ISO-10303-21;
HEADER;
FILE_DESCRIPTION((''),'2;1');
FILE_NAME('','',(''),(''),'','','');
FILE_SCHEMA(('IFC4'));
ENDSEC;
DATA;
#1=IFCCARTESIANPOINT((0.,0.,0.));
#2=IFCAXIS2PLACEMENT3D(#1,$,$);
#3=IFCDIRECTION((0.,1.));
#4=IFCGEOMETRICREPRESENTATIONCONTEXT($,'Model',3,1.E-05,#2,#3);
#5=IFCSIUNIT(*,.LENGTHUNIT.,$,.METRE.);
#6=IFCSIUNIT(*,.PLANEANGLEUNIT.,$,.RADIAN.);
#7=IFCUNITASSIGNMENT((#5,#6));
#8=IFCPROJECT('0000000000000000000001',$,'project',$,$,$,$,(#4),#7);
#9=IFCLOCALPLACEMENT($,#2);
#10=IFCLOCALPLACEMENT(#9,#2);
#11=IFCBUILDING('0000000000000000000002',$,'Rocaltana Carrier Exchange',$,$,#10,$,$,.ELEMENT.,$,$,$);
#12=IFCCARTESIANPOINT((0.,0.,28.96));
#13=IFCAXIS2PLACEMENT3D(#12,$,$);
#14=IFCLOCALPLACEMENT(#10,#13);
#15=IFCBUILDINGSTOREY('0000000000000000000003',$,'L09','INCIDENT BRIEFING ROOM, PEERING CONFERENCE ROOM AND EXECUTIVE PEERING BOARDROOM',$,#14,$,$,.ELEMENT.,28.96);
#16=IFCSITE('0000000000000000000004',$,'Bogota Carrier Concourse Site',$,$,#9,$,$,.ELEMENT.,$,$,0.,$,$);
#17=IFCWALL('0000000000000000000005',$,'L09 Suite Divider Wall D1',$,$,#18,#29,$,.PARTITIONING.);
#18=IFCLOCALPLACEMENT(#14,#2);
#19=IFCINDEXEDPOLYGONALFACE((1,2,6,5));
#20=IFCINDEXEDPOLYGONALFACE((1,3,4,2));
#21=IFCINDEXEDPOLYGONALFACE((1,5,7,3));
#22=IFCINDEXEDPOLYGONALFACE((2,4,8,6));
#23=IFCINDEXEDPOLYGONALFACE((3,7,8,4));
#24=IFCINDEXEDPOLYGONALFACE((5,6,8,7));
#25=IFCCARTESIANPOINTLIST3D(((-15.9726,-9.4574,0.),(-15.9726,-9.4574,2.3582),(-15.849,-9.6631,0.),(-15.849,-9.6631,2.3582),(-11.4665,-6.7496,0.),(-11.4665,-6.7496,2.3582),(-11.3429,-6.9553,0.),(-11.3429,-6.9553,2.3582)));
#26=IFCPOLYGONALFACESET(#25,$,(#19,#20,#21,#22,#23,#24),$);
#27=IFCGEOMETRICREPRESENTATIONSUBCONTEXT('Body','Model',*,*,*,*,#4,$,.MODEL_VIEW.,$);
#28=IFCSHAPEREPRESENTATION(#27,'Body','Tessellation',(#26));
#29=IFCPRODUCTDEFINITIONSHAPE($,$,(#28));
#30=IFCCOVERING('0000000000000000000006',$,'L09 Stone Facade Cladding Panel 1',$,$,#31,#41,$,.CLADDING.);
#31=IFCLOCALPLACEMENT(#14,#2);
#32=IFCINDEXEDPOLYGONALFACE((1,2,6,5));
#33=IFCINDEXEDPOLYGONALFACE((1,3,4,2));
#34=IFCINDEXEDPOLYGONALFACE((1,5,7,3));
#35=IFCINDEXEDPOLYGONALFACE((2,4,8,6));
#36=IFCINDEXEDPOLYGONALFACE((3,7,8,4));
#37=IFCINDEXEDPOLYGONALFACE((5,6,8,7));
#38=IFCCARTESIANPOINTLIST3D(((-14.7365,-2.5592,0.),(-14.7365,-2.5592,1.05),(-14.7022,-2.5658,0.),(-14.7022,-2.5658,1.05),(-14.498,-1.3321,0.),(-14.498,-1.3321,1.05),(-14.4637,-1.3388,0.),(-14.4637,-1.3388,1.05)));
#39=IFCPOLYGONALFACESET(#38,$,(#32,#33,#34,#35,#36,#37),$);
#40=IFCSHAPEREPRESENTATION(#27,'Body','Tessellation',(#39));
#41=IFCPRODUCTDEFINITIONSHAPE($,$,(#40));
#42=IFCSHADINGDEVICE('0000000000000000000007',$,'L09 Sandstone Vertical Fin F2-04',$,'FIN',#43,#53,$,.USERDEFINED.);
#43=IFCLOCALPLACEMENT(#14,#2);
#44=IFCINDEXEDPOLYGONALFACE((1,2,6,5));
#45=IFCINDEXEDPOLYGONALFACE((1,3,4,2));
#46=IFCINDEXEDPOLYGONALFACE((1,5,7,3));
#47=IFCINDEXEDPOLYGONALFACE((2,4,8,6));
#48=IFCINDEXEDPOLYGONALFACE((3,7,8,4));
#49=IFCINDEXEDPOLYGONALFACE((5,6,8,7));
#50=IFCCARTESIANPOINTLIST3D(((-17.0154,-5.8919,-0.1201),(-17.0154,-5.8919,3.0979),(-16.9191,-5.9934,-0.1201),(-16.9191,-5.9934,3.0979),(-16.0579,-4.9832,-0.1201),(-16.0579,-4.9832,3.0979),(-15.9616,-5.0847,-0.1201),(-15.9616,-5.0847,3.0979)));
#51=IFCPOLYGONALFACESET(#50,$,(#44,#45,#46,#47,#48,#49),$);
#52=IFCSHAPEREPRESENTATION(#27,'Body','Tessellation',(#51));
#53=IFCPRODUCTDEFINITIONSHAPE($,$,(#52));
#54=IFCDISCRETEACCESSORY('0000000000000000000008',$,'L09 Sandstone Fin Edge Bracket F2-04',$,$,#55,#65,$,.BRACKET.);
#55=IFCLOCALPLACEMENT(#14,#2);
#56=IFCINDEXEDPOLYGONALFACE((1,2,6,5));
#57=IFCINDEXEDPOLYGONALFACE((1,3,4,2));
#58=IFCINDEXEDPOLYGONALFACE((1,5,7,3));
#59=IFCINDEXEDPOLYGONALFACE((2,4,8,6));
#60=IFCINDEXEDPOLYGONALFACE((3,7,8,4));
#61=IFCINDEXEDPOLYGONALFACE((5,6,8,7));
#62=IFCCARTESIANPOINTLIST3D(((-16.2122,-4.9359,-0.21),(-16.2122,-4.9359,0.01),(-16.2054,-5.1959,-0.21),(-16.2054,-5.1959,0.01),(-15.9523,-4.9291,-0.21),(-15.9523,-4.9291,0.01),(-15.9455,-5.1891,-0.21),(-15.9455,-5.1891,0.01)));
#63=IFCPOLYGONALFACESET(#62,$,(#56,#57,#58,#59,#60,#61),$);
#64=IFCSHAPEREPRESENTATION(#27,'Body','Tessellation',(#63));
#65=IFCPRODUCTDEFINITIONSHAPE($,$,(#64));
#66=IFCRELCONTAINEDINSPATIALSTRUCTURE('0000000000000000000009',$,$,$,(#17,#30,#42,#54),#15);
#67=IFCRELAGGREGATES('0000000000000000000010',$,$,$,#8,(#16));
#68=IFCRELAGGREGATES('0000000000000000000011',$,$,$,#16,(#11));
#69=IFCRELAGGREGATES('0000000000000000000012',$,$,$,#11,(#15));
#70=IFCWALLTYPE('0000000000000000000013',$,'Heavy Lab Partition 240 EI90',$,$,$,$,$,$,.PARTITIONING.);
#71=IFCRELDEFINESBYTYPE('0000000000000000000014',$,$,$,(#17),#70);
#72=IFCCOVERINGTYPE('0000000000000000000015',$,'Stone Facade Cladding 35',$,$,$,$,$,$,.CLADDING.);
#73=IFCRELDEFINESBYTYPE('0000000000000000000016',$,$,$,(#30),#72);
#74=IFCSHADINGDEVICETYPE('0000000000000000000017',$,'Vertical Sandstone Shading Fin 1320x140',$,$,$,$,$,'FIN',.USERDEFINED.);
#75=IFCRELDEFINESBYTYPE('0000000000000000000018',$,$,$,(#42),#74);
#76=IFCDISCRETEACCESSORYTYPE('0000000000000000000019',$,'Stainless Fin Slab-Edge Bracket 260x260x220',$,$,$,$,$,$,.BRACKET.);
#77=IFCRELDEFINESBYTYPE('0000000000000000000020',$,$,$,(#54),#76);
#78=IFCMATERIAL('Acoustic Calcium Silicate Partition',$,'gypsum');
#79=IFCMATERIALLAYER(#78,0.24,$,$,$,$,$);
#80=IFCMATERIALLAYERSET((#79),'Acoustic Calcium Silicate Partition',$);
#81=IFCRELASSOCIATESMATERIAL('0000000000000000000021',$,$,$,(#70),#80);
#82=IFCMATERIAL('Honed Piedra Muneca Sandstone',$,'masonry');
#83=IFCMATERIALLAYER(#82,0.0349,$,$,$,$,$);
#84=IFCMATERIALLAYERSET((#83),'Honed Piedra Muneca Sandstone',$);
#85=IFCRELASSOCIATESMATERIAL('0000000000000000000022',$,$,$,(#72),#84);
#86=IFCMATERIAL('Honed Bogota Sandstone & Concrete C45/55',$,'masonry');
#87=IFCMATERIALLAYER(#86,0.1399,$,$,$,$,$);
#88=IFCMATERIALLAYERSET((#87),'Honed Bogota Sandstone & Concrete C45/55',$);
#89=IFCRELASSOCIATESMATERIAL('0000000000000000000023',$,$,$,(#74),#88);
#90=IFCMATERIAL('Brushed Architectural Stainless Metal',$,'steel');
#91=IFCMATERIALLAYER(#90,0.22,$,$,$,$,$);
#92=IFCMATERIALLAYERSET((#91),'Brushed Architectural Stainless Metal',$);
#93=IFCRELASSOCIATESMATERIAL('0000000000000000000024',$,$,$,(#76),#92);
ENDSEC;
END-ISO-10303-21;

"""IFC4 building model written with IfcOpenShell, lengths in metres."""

from ifc_helpers import new_model, si_unit, direction, frame, frame_2d, origin, origin_2d, place, context, subcontext, project, spatial, rectangle, extrude, material, layer, layer_set, type_object, element, save


model = new_model("IFC4")

# Units and contexts
model_context = context("Model", 3, precision=1e-05, world=origin(), true_north=direction((0.0, 1.0)))
body_context = subcontext(model_context, "Body", "Model", "MODEL_VIEW")
ifc_project = project(units=[si_unit("LENGTHUNIT", "METRE"), si_unit("PLANEANGLEUNIT", "RADIAN")], contexts=[model_context])

# Site, building, storey
site_placement = place(None, origin())
site = spatial("IfcSite", under=ifc_project, at=site_placement, Name="Bogota Carrier Concourse Site", CompositionType="ELEMENT", RefElevation=0.0)
building_placement = place(site_placement, origin())
building = spatial("IfcBuilding", under=site, at=building_placement, Name="Rocaltana Carrier Exchange", CompositionType="ELEMENT")
storey_placement = place(building_placement, frame((0.0, 0.0, 28.96)))
storey = spatial("IfcBuildingStorey", under=building, at=storey_placement, Name="L09", Description="INCIDENT BRIEFING ROOM, PEERING CONFERENCE ROOM AND EXECUTIVE PEERING BOARDROOM", CompositionType="ELEMENT", Elevation=28.96)

# Wall
ifc_material_1 = material(Name="Acoustic Calcium Silicate Partition", Category="gypsum")
ifc_layer_1 = layer(ifc_material_1, 0.24)
ifc_layer_set_1 = layer_set([ifc_layer_1], Name="Acoustic Calcium Silicate Partition")
wall_type_1 = type_object("IfcWallType", Name="Heavy Lab Partition 240 EI90", PredefinedType="PARTITIONING", material=ifc_layer_set_1)
wall_1_placement = place(storey_placement, frame((-11.4048, -6.8525, 0.0), z_axis=(0.0, 0.0, 1.0), x_axis=(-0.857149, -0.515069, 0.0)))
element("IfcWall", 1, at=wall_1_placement, inside=storey, type_object=wall_type_1, Name="L09 Suite Divider Wall D1", PredefinedType="PARTITIONING", context=body_context, shape_type="SweptSolid", body=[
    extrude(rectangle(XDim=5.2571, YDim=0.24, at=frame_2d((2.6284, 0.0))), origin(), (0.0, 0.0, 1.0), 2.3582),
])

# Covering
ifc_material_2 = material(Name="Honed Piedra Muneca Sandstone", Category="masonry")
ifc_layer_2 = layer(ifc_material_2, 0.0349)
ifc_layer_set_2 = layer_set([ifc_layer_2], Name="Honed Piedra Muneca Sandstone")
covering_type = type_object("IfcCoveringType", Name="Stone Facade Cladding 35", PredefinedType="CLADDING", material=ifc_layer_set_2)
covering_placement = place(storey_placement, frame((-14.6001, -1.949, 0.0), z_axis=(0.0, 0.0, 1.0), x_axis=(0.190809, 0.981627, 0.0)))
element("IfcCovering", 2, at=covering_placement, inside=storey, type_object=covering_type, Name="L09 Stone Facade Cladding Panel 1", PredefinedType="CLADDING", context=body_context, shape_type="SweptSolid", body=[
    extrude(rectangle(XDim=1.25, YDim=0.0349, at=origin_2d()), origin(), (0.0, 0.0, 1.0), 1.05),
])

# Shading device
ifc_material_3 = material(Name="Honed Bogota Sandstone & Concrete C45/55", Category="masonry")
ifc_layer_3 = layer(ifc_material_3, 0.1399)
ifc_layer_set_3 = layer_set([ifc_layer_3], Name="Honed Bogota Sandstone & Concrete C45/55")
shading_device_type = type_object("IfcShadingDeviceType", Name="Vertical Sandstone Shading Fin 1320x140", ElementType="FIN", PredefinedType="USERDEFINED", material=ifc_layer_set_3)
shading_device_placement = place(storey_placement, frame((-16.4885, -5.4883, -0.1201), z_axis=(0.0, 0.0, 1.0), x_axis=(-0.725374, -0.688355, 0.0)))
element("IfcShadingDevice", 3, at=shading_device_placement, inside=storey, type_object=shading_device_type, Name="L09 Sandstone Vertical Fin F2-04", ObjectType="FIN", PredefinedType="USERDEFINED", context=body_context, shape_type="SweptSolid", body=[
    extrude(rectangle(XDim=1.3201, YDim=0.1399, at=origin_2d()), origin(), (0.0, 0.0, 1.0), 3.218),
])

# Discrete accessory
ifc_material_4 = material(Name="Brushed Architectural Stainless Metal", Category="steel")
ifc_layer_4 = layer(ifc_material_4, 0.22)
ifc_layer_set_4 = layer_set([ifc_layer_4], Name="Brushed Architectural Stainless Metal")
discrete_accessory_type = type_object("IfcDiscreteAccessoryType", Name="Stainless Fin Slab-Edge Bracket 260x260x220", PredefinedType="BRACKET", material=ifc_layer_set_4)
discrete_accessory_placement = place(storey_placement, frame((-16.0789, -5.0625, -0.21), z_axis=(0.0, 0.0, 1.0), x_axis=(0.026177, -0.999657, 0.0)))
element("IfcDiscreteAccessory", 4, at=discrete_accessory_placement, inside=storey, type_object=discrete_accessory_type, Name="L09 Sandstone Fin Edge Bracket F2-04", PredefinedType="BRACKET", context=body_context, shape_type="SweptSolid", body=[
    extrude(rectangle(XDim=0.26, YDim=0.26, at=origin_2d()), origin(), (0.0, 0.0, 1.0), 0.22),
])

save(model, "model.ifc")
